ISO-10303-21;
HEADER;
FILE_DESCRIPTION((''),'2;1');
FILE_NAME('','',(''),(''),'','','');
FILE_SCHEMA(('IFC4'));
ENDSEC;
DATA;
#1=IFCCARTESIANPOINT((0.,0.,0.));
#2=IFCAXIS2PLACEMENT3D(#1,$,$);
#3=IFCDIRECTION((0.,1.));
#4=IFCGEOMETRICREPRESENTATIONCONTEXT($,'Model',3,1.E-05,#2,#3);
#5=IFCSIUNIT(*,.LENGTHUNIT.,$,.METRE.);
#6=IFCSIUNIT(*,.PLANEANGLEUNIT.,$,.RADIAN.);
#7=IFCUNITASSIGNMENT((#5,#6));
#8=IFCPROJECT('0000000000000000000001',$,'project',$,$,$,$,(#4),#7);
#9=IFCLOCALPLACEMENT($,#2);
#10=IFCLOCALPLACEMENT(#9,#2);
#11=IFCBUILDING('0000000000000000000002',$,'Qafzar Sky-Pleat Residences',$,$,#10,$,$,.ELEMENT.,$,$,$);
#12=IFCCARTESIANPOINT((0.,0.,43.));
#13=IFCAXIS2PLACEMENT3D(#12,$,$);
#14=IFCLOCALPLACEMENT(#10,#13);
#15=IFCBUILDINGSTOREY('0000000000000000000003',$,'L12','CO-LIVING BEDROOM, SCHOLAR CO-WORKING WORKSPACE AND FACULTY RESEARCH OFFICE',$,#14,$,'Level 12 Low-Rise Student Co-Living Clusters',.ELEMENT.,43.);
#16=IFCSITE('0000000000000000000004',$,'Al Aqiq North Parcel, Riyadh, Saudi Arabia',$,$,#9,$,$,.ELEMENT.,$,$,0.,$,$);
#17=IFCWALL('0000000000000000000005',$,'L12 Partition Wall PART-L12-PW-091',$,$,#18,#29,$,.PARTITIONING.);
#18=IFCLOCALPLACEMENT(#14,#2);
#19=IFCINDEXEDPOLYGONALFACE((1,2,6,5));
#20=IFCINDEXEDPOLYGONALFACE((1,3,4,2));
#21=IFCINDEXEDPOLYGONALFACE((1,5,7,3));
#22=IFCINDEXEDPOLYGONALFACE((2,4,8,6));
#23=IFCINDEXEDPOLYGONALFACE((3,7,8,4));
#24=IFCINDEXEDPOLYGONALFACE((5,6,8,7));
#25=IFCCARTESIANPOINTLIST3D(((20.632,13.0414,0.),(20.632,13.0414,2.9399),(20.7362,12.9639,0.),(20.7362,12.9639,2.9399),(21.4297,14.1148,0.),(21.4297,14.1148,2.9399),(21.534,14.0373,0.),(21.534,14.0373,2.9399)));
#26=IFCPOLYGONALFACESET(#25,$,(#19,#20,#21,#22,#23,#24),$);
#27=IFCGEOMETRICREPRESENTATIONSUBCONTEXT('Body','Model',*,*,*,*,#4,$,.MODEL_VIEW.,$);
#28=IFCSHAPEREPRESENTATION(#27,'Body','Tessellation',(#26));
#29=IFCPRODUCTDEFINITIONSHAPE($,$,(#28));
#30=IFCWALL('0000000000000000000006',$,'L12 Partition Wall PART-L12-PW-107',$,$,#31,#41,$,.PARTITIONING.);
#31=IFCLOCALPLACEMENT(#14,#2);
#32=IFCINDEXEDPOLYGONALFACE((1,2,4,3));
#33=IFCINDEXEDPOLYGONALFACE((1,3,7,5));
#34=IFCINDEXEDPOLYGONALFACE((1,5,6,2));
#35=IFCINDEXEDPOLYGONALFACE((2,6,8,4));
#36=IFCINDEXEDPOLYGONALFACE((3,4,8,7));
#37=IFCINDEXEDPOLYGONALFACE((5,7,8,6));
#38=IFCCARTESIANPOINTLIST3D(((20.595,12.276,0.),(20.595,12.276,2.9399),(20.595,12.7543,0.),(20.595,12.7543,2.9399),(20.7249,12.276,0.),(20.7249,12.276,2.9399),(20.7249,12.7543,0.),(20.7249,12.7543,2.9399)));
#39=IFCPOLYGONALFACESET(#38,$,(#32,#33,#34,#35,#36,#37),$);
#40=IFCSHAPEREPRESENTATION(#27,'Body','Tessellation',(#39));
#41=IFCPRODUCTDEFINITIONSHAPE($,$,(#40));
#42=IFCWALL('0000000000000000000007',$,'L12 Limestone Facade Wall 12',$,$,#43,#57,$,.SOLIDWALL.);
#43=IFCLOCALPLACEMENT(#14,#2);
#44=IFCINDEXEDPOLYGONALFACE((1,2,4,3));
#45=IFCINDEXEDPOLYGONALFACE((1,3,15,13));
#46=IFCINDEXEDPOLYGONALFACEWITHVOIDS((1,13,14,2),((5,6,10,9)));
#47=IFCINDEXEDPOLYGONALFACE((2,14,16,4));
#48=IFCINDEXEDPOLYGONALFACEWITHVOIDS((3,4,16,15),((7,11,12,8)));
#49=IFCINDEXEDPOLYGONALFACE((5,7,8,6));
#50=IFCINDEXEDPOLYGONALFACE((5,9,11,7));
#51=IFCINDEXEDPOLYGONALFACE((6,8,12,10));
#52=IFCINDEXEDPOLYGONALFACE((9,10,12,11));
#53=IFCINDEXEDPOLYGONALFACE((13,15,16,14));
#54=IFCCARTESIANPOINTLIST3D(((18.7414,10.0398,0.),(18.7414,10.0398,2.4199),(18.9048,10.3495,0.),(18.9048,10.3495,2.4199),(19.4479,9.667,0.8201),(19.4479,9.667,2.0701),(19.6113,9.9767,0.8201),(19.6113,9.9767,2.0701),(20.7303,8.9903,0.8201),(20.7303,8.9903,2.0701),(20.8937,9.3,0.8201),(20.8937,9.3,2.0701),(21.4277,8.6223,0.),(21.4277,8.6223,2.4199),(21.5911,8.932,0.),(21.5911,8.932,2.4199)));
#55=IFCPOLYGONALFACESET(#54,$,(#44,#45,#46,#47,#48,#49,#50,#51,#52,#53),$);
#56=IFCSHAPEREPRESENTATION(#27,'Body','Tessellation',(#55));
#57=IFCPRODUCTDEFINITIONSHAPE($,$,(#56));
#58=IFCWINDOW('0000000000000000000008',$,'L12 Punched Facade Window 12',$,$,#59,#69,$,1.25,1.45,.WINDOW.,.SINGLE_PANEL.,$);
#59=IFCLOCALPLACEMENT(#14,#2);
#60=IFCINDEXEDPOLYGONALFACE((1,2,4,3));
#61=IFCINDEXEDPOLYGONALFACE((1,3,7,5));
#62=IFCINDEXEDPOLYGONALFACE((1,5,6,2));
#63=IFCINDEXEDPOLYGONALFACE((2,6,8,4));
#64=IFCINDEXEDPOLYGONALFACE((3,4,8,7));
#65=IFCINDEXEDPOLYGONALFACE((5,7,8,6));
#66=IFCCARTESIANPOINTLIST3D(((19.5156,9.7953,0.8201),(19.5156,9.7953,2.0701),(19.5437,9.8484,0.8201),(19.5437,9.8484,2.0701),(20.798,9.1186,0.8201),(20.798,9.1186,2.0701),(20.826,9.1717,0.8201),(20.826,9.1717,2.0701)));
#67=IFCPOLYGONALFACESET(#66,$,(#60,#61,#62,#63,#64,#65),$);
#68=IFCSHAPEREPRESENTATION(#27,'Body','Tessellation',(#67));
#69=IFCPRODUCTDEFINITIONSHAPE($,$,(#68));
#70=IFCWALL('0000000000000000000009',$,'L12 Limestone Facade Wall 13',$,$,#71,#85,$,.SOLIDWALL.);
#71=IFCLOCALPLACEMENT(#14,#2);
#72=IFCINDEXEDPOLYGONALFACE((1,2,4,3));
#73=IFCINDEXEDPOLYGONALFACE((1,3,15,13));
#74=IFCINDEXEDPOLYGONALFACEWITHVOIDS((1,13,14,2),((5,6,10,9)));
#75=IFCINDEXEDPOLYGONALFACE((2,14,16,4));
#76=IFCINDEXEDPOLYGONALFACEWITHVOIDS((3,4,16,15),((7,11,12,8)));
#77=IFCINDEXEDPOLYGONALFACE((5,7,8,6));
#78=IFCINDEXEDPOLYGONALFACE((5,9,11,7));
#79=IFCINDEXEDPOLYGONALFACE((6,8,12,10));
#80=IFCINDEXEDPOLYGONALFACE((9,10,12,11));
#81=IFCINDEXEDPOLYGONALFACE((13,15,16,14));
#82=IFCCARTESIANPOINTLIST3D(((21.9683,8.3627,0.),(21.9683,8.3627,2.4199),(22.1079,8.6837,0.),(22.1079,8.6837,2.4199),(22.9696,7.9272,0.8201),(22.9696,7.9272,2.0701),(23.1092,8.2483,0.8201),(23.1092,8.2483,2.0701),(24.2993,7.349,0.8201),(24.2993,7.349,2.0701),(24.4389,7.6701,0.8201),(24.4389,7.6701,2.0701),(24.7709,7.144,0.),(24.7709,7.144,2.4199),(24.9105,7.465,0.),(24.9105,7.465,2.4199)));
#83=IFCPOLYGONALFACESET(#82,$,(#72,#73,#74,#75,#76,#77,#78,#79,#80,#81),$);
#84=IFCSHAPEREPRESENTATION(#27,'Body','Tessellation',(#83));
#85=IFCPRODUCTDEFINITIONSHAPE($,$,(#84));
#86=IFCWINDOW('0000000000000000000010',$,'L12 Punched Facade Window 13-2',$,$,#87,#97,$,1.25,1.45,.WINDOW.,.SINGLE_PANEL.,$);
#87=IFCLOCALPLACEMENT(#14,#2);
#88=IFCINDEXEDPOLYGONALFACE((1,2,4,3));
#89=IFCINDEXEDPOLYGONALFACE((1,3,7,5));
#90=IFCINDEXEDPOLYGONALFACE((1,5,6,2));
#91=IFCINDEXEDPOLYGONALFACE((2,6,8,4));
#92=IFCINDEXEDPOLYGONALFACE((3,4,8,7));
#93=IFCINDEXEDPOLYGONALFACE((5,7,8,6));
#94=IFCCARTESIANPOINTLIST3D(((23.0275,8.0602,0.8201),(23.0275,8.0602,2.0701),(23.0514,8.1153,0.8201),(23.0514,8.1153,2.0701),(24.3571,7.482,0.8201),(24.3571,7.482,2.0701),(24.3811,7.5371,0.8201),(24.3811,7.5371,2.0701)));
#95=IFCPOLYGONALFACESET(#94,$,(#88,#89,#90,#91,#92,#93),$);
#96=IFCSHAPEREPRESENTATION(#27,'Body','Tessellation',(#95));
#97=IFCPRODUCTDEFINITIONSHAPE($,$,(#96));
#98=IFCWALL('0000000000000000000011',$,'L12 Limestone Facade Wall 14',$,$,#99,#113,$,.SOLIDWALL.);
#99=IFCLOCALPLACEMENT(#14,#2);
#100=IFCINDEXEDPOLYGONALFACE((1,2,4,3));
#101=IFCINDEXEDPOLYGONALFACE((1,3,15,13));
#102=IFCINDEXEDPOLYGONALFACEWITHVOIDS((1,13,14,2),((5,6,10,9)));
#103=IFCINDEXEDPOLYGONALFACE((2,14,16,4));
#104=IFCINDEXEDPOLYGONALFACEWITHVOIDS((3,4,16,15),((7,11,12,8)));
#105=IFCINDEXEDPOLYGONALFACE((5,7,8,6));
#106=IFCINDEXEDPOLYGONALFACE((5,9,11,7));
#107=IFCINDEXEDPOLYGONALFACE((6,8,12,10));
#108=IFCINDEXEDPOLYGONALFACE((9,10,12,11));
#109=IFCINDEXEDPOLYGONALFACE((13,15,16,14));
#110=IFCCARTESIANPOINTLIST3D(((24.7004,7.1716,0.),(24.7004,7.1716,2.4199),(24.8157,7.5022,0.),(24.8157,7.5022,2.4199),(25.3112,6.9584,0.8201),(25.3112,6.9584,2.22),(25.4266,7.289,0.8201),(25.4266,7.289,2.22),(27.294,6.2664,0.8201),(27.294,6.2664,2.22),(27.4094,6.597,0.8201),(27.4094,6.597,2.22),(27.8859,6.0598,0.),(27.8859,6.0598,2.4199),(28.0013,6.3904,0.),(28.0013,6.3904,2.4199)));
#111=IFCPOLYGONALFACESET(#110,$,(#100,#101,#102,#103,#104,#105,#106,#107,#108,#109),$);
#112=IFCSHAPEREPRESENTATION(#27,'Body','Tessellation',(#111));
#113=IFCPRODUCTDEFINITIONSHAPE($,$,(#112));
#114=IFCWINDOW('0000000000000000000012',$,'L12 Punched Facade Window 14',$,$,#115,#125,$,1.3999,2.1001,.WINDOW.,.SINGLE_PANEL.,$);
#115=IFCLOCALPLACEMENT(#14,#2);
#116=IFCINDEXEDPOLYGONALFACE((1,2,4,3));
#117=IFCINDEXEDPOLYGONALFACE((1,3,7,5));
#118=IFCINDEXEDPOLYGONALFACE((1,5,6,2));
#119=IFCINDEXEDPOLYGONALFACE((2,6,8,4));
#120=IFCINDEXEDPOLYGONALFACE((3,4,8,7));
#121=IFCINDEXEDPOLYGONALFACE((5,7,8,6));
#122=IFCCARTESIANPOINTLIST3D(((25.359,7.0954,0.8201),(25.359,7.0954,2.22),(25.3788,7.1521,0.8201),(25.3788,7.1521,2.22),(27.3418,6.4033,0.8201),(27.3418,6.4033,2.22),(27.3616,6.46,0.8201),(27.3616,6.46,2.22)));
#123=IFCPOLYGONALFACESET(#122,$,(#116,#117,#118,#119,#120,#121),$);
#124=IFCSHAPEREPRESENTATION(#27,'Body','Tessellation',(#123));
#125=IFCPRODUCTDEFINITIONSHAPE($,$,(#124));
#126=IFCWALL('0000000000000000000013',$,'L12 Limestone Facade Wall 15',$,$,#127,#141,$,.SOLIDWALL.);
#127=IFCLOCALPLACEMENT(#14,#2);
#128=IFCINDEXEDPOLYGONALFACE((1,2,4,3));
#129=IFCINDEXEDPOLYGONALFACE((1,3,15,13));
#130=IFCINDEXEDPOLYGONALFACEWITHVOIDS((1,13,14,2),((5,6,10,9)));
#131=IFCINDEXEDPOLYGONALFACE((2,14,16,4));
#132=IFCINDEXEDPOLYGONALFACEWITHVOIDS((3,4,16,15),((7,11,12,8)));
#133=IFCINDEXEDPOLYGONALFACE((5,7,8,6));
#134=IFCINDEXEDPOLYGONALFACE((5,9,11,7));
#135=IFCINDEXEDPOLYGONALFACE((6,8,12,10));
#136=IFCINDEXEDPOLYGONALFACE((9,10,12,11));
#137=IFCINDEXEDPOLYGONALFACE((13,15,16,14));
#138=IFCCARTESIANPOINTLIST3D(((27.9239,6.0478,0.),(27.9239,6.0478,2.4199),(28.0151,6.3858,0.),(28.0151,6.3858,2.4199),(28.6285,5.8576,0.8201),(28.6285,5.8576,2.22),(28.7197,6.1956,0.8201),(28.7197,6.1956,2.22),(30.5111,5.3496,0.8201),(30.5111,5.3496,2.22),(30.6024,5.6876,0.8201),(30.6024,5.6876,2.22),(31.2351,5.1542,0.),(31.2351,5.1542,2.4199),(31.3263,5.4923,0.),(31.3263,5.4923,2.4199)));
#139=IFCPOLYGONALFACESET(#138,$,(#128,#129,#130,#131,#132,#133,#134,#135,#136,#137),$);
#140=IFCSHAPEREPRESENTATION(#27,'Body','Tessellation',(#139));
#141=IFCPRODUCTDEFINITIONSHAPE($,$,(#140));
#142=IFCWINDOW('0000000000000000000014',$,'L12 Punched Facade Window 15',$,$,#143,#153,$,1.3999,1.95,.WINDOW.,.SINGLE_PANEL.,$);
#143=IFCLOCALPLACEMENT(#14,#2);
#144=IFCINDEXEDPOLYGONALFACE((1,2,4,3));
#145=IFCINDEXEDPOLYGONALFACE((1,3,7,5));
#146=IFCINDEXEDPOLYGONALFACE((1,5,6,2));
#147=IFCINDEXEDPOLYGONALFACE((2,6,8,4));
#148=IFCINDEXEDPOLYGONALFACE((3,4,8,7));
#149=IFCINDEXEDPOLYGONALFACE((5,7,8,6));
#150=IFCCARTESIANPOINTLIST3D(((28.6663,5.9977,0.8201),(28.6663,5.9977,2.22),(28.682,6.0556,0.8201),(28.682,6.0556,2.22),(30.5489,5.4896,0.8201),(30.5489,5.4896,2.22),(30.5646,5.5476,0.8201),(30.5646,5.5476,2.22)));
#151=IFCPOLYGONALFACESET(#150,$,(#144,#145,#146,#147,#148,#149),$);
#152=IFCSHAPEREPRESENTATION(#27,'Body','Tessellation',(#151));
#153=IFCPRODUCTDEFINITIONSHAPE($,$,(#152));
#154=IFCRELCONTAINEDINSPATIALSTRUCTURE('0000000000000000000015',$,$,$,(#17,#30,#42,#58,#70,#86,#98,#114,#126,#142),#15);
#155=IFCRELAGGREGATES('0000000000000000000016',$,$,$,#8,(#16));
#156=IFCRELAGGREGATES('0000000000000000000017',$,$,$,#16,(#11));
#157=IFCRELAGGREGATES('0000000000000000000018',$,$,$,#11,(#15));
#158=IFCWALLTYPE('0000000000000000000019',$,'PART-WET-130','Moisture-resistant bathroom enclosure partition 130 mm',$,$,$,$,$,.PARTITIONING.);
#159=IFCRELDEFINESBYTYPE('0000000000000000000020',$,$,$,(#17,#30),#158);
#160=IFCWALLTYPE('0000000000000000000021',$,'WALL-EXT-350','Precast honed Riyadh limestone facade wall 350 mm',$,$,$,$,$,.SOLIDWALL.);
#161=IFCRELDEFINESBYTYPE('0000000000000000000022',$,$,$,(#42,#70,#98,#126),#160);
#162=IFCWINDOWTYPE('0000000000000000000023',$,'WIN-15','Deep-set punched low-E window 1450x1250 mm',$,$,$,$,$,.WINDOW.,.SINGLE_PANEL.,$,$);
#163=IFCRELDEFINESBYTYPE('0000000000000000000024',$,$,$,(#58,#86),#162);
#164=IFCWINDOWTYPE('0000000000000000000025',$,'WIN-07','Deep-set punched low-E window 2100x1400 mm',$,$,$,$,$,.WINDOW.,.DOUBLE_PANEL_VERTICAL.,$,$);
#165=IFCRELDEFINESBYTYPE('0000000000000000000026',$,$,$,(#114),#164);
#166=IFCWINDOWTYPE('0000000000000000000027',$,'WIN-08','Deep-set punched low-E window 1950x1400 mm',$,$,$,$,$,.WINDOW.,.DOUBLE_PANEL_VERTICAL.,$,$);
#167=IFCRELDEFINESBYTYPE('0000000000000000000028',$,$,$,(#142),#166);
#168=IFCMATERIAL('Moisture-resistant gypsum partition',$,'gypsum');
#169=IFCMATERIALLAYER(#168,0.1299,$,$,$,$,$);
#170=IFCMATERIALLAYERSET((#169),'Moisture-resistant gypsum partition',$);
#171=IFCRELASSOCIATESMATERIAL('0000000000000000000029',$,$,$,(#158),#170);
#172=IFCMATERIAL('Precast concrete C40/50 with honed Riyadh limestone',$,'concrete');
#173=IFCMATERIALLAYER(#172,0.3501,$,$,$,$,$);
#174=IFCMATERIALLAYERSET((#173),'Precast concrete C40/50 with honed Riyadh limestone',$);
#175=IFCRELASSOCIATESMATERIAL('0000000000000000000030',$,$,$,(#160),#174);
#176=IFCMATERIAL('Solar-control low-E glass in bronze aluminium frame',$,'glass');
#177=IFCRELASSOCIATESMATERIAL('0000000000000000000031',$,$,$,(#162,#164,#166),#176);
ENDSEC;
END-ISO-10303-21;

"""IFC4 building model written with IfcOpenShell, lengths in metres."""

from ifc_helpers import new_model, si_unit, direction, frame, frame_2d, origin, place, context, subcontext, project, spatial, rectangle, extrude, source, transform, mapped, material, layer, layer_set, type_object, element, fill, save


model = new_model("IFC4")

# Units and contexts
model_context = context("Model", 3, precision=1e-05, world=origin(), true_north=direction((0.0, 1.0)))
body_context = subcontext(model_context, "Body", "Model", "MODEL_VIEW")
ifc_project = project(units=[si_unit("LENGTHUNIT", "METRE"), si_unit("PLANEANGLEUNIT", "RADIAN")], contexts=[model_context])

# Site, building, storey
site_placement = place(None, origin())
site = spatial("IfcSite", under=ifc_project, at=site_placement, Name="Al Aqiq North Parcel, Riyadh, Saudi Arabia", CompositionType="ELEMENT", RefElevation=0.0)
building_placement = place(site_placement, origin())
building = spatial("IfcBuilding", under=site, at=building_placement, Name="Qafzar Sky-Pleat Residences", CompositionType="ELEMENT")
storey_placement = place(building_placement, frame((0.0, 0.0, 43.0)))
storey = spatial("IfcBuildingStorey", under=building, at=storey_placement, Name="L12", Description="CO-LIVING BEDROOM, SCHOLAR CO-WORKING WORKSPACE AND FACULTY RESEARCH OFFICE", LongName="Level 12 Low-Rise Student Co-Living Clusters", CompositionType="ELEMENT", Elevation=43.0)

# Shared definitions
ifc_material_1 = material(Name="Moisture-resistant gypsum partition", Category="gypsum")
ifc_layer_1 = layer(ifc_material_1, 0.1299)
ifc_layer_set_1 = layer_set([ifc_layer_1], Name="Moisture-resistant gypsum partition")
wall_type_1 = type_object("IfcWallType", Name="PART-WET-130", Description="Moisture-resistant bathroom enclosure partition 130 mm", PredefinedType="PARTITIONING", material=ifc_layer_set_1)

# Walls
wall_1_placement = place(storey_placement, frame((20.6841, 13.0027, 0.0), z_axis=(0.0, 0.0, 1.0), x_axis=(0.596519, 0.802599, 0.0)))
element("IfcWall", 1, at=wall_1_placement, inside=storey, type_object=wall_type_1, Name="L12 Partition Wall PART-L12-PW-091", PredefinedType="PARTITIONING", context=body_context, shape_type="SweptSolid", body=[
    extrude(rectangle(XDim=1.3374, YDim=0.1299, at=frame_2d((0.6687, 0.0))), origin(), (0.0, 0.0, 1.0), 2.9399),
])
wall_2_placement = place(storey_placement, frame((20.6599, 12.2759, 0.0), z_axis=(0.0, 0.0, 1.0), x_axis=(0.0, 1.0, 0.0)))
element("IfcWall", 2, at=wall_2_placement, inside=storey, type_object=wall_type_1, Name="L12 Partition Wall PART-L12-PW-107", PredefinedType="PARTITIONING", context=body_context, shape_type="SweptSolid", body=[
    extrude(rectangle(XDim=0.4783, YDim=0.1299, at=frame_2d((0.2393, 0.0))), origin(), (0.0, 0.0, 1.0), 2.9399),
])

# Walls, openings, windows
ifc_material_2 = material(Name="Precast concrete C40/50 with honed Riyadh limestone", Category="concrete")
ifc_layer_2 = layer(ifc_material_2, 0.3501)
ifc_layer_set_2 = layer_set([ifc_layer_2], Name="Precast concrete C40/50 with honed Riyadh limestone")
wall_type_2 = type_object("IfcWallType", Name="WALL-EXT-350", Description="Precast honed Riyadh limestone facade wall 350 mm", PredefinedType="SOLIDWALL", material=ifc_layer_set_2)
wall_3_placement = place(storey_placement, frame((18.8232, 10.1946, 0.0), z_axis=(0.0, 0.0, 1.0), x_axis=(0.884423, -0.466687, 0.0)))
wall_3 = element("IfcWall", 3, at=wall_3_placement, inside=storey, type_object=wall_type_2, Name="L12 Limestone Facade Wall 12", PredefinedType="SOLIDWALL", context=body_context, shape_type="SweptSolid", body=[
    extrude(rectangle(XDim=3.0374, YDim=0.3501, at=frame_2d((1.5186, 0.0))), origin(), (0.0, 0.0, 1.0), 2.4199),
])
opening_1_placement = place(wall_3_placement, frame((0.7986, 0.0, 0.8201)))
opening_1 = element("IfcOpeningElement", 4, at=opening_1_placement, cuts=wall_3, PredefinedType="OPENING", context=body_context, shape_type="SweptSolid", body=[
    extrude(rectangle(XDim=1.45, YDim=1.25, at=frame_2d((0.7251, 0.625))), frame((0.0, 0.1851, 0.0), z_axis=(0.0, -1.0, 0.0), x_axis=(1.0, 0.0, 0.0)), (0.0, 0.0, 1.0), 0.3701),
])
ifc_material_3 = material(Name="Solar-control low-E glass in bronze aluminium frame", Category="glass")
window_type_1 = type_object("IfcWindowType", Name="WIN-15", Description="Deep-set punched low-E window 1450x1250 mm", PartitioningType="SINGLE_PANEL", PredefinedType="WINDOW", material=ifc_material_3)
shared_shape_1 = source(origin(), body_context, "Body", "SweptSolid", [
    extrude(rectangle(XDim=1.45, YDim=1.25, at=frame_2d((0.7251, 0.625))), frame((0.0, 0.03, 0.0), z_axis=(0.0, -1.0, 0.0), x_axis=(1.0, 0.0, 0.0)), (0.0, 0.0, 1.0), 0.0601),
])
window_1_placement = place(opening_1_placement, origin())
window_1 = element("IfcWindow", 5, at=window_1_placement, inside=storey, type_object=window_type_1, Name="L12 Punched Facade Window 12", OverallHeight=1.25, OverallWidth=1.45, PartitioningType="SINGLE_PANEL", PredefinedType="WINDOW", context=body_context, shape_type="MappedRepresentation", body=[
    mapped(shared_shape_1, transform((0.0, 0.0, 0.0), x_axis=(1.0, 0.0, 0.0), y_axis=(0.0, 1.0, 0.0), z_axis=(0.0, 0.0, 1.0), scale=1.0)),
])
fill(opening_1, window_1)
wall_4_placement = place(storey_placement, frame((22.0381, 8.5232, 0.0), z_axis=(0.0, 0.0, 1.0), x_axis=(0.91705, -0.398773, 0.0)))
wall_4 = element("IfcWall", 6, at=wall_4_placement, inside=storey, type_object=wall_type_2, Name="L12 Limestone Facade Wall 13", PredefinedType="SOLIDWALL", context=body_context, shape_type="SweptSolid", body=[
    extrude(rectangle(XDim=3.0562, YDim=0.3501, at=frame_2d((1.5281, 0.0))), origin(), (0.0, 0.0, 1.0), 2.4199),
])
opening_2_placement = place(wall_4_placement, frame((1.0918, 0.0, 0.8201)))
opening_2 = element("IfcOpeningElement", 7, at=opening_2_placement, cuts=wall_4, PredefinedType="OPENING", context=body_context, shape_type="SweptSolid", body=[
    extrude(rectangle(XDim=1.45, YDim=1.25, at=frame_2d((0.7251, 0.625))), frame((0.0, 0.1851, 0.0), z_axis=(0.0, -1.0, 0.0), x_axis=(1.0, 0.0, 0.0)), (0.0, 0.0, 1.0), 0.3701),
])
window_2_placement = place(opening_2_placement, origin())
window_2 = element("IfcWindow", 8, at=window_2_placement, inside=storey, type_object=window_type_1, Name="L12 Punched Facade Window 13-2", OverallHeight=1.25, OverallWidth=1.45, PartitioningType="SINGLE_PANEL", PredefinedType="WINDOW", context=body_context, shape_type="MappedRepresentation", body=[
    mapped(shared_shape_1, transform((0.0, 0.0, 0.0), x_axis=(1.0, 0.0, 0.0), y_axis=(0.0, 1.0, 0.0), z_axis=(0.0, 0.0, 1.0), scale=1.0)),
])
fill(opening_2, window_2)
wall_5_placement = place(storey_placement, frame((24.7581, 7.3369, 0.0), z_axis=(0.0, 0.0, 1.0), x_axis=(0.944147, -0.329525, 0.0)))
wall_5 = element("IfcWall", 9, at=wall_5_placement, inside=storey, type_object=wall_type_2, Name="L12 Limestone Facade Wall 14", PredefinedType="SOLIDWALL", context=body_context, shape_type="SweptSolid", body=[
    extrude(rectangle(XDim=3.374, YDim=0.3501, at=frame_2d((1.687, 0.0))), origin(), (0.0, 0.0, 1.0), 2.4199),
])
opening_3_placement = place(wall_5_placement, frame((0.647, 0.0, 0.8201)))
opening_3 = element("IfcOpeningElement", 10, at=opening_3_placement, cuts=wall_5, PredefinedType="OPENING", context=body_context, shape_type="SweptSolid", body=[
    extrude(rectangle(XDim=2.1001, YDim=1.3999, at=frame_2d((1.05, 0.7))), frame((0.0, 0.1851, 0.0), z_axis=(0.0, -1.0, 0.0), x_axis=(1.0, 0.0, 0.0)), (0.0, 0.0, 1.0), 0.3701),
])
window_type_2 = type_object("IfcWindowType", Name="WIN-07", Description="Deep-set punched low-E window 2100x1400 mm", PartitioningType="DOUBLE_PANEL_VERTICAL", PredefinedType="WINDOW", material=ifc_material_3)
shared_shape_2 = source(origin(), body_context, "Body", "SweptSolid", [
    extrude(rectangle(XDim=2.1001, YDim=1.3999, at=frame_2d((1.05, 0.7))), frame((0.0, 0.03, 0.0), z_axis=(0.0, -1.0, 0.0), x_axis=(1.0, 0.0, 0.0)), (0.0, 0.0, 1.0), 0.0601),
])
window_3_placement = place(opening_3_placement, origin())
window_3 = element("IfcWindow", 11, at=window_3_placement, inside=storey, type_object=window_type_2, Name="L12 Punched Facade Window 14", OverallHeight=1.3999, OverallWidth=2.1001, PartitioningType="SINGLE_PANEL", PredefinedType="WINDOW", context=body_context, shape_type="MappedRepresentation", body=[
    mapped(shared_shape_2, transform((0.0, 0.0, 0.0), x_axis=(1.0, 0.0, 0.0), y_axis=(0.0, 1.0, 0.0), z_axis=(0.0, 0.0, 1.0), scale=1.0)),
])
fill(opening_3, window_3)
wall_6_placement = place(storey_placement, frame((27.9695, 6.2168, 0.0), z_axis=(0.0, 0.0, 1.0), x_axis=(0.965465, -0.260532, 0.0)))
wall_6 = element("IfcWall", 12, at=wall_6_placement, inside=storey, type_object=wall_type_2, Name="L12 Limestone Facade Wall 15", PredefinedType="SOLIDWALL", context=body_context, shape_type="SweptSolid", body=[
    extrude(rectangle(XDim=3.4297, YDim=0.3501, at=frame_2d((1.7148, 0.0))), origin(), (0.0, 0.0, 1.0), 2.4199),
])
opening_4_placement = place(wall_6_placement, frame((0.7297, 0.0, 0.8201)))
opening_4 = element("IfcOpeningElement", 13, at=opening_4_placement, cuts=wall_6, PredefinedType="OPENING", context=body_context, shape_type="SweptSolid", body=[
    extrude(rectangle(XDim=1.95, YDim=1.3999, at=frame_2d((0.9751, 0.7))), frame((0.0, 0.1851, 0.0), z_axis=(0.0, -1.0, 0.0), x_axis=(1.0, 0.0, 0.0)), (0.0, 0.0, 1.0), 0.3701),
])
window_type_3 = type_object("IfcWindowType", Name="WIN-08", Description="Deep-set punched low-E window 1950x1400 mm", PartitioningType="DOUBLE_PANEL_VERTICAL", PredefinedType="WINDOW", material=ifc_material_3)
shared_shape_3 = source(origin(), body_context, "Body", "SweptSolid", [
    extrude(rectangle(XDim=1.95, YDim=1.3999, at=frame_2d((0.9751, 0.7))), frame((0.0, 0.03, 0.0), z_axis=(0.0, -1.0, 0.0), x_axis=(1.0, 0.0, 0.0)), (0.0, 0.0, 1.0), 0.0601),
])
window_4_placement = place(opening_4_placement, origin())
window_4 = element("IfcWindow", 14, at=window_4_placement, inside=storey, type_object=window_type_3, Name="L12 Punched Facade Window 15", OverallHeight=1.3999, OverallWidth=1.95, PartitioningType="SINGLE_PANEL", PredefinedType="WINDOW", context=body_context, shape_type="MappedRepresentation", body=[
    mapped(shared_shape_3, transform((0.0, 0.0, 0.0), x_axis=(1.0, 0.0, 0.0), y_axis=(0.0, 1.0, 0.0), z_axis=(0.0, 0.0, 1.0), scale=1.0)),
])
fill(opening_4, window_4)

save(model, "model.ifc")
